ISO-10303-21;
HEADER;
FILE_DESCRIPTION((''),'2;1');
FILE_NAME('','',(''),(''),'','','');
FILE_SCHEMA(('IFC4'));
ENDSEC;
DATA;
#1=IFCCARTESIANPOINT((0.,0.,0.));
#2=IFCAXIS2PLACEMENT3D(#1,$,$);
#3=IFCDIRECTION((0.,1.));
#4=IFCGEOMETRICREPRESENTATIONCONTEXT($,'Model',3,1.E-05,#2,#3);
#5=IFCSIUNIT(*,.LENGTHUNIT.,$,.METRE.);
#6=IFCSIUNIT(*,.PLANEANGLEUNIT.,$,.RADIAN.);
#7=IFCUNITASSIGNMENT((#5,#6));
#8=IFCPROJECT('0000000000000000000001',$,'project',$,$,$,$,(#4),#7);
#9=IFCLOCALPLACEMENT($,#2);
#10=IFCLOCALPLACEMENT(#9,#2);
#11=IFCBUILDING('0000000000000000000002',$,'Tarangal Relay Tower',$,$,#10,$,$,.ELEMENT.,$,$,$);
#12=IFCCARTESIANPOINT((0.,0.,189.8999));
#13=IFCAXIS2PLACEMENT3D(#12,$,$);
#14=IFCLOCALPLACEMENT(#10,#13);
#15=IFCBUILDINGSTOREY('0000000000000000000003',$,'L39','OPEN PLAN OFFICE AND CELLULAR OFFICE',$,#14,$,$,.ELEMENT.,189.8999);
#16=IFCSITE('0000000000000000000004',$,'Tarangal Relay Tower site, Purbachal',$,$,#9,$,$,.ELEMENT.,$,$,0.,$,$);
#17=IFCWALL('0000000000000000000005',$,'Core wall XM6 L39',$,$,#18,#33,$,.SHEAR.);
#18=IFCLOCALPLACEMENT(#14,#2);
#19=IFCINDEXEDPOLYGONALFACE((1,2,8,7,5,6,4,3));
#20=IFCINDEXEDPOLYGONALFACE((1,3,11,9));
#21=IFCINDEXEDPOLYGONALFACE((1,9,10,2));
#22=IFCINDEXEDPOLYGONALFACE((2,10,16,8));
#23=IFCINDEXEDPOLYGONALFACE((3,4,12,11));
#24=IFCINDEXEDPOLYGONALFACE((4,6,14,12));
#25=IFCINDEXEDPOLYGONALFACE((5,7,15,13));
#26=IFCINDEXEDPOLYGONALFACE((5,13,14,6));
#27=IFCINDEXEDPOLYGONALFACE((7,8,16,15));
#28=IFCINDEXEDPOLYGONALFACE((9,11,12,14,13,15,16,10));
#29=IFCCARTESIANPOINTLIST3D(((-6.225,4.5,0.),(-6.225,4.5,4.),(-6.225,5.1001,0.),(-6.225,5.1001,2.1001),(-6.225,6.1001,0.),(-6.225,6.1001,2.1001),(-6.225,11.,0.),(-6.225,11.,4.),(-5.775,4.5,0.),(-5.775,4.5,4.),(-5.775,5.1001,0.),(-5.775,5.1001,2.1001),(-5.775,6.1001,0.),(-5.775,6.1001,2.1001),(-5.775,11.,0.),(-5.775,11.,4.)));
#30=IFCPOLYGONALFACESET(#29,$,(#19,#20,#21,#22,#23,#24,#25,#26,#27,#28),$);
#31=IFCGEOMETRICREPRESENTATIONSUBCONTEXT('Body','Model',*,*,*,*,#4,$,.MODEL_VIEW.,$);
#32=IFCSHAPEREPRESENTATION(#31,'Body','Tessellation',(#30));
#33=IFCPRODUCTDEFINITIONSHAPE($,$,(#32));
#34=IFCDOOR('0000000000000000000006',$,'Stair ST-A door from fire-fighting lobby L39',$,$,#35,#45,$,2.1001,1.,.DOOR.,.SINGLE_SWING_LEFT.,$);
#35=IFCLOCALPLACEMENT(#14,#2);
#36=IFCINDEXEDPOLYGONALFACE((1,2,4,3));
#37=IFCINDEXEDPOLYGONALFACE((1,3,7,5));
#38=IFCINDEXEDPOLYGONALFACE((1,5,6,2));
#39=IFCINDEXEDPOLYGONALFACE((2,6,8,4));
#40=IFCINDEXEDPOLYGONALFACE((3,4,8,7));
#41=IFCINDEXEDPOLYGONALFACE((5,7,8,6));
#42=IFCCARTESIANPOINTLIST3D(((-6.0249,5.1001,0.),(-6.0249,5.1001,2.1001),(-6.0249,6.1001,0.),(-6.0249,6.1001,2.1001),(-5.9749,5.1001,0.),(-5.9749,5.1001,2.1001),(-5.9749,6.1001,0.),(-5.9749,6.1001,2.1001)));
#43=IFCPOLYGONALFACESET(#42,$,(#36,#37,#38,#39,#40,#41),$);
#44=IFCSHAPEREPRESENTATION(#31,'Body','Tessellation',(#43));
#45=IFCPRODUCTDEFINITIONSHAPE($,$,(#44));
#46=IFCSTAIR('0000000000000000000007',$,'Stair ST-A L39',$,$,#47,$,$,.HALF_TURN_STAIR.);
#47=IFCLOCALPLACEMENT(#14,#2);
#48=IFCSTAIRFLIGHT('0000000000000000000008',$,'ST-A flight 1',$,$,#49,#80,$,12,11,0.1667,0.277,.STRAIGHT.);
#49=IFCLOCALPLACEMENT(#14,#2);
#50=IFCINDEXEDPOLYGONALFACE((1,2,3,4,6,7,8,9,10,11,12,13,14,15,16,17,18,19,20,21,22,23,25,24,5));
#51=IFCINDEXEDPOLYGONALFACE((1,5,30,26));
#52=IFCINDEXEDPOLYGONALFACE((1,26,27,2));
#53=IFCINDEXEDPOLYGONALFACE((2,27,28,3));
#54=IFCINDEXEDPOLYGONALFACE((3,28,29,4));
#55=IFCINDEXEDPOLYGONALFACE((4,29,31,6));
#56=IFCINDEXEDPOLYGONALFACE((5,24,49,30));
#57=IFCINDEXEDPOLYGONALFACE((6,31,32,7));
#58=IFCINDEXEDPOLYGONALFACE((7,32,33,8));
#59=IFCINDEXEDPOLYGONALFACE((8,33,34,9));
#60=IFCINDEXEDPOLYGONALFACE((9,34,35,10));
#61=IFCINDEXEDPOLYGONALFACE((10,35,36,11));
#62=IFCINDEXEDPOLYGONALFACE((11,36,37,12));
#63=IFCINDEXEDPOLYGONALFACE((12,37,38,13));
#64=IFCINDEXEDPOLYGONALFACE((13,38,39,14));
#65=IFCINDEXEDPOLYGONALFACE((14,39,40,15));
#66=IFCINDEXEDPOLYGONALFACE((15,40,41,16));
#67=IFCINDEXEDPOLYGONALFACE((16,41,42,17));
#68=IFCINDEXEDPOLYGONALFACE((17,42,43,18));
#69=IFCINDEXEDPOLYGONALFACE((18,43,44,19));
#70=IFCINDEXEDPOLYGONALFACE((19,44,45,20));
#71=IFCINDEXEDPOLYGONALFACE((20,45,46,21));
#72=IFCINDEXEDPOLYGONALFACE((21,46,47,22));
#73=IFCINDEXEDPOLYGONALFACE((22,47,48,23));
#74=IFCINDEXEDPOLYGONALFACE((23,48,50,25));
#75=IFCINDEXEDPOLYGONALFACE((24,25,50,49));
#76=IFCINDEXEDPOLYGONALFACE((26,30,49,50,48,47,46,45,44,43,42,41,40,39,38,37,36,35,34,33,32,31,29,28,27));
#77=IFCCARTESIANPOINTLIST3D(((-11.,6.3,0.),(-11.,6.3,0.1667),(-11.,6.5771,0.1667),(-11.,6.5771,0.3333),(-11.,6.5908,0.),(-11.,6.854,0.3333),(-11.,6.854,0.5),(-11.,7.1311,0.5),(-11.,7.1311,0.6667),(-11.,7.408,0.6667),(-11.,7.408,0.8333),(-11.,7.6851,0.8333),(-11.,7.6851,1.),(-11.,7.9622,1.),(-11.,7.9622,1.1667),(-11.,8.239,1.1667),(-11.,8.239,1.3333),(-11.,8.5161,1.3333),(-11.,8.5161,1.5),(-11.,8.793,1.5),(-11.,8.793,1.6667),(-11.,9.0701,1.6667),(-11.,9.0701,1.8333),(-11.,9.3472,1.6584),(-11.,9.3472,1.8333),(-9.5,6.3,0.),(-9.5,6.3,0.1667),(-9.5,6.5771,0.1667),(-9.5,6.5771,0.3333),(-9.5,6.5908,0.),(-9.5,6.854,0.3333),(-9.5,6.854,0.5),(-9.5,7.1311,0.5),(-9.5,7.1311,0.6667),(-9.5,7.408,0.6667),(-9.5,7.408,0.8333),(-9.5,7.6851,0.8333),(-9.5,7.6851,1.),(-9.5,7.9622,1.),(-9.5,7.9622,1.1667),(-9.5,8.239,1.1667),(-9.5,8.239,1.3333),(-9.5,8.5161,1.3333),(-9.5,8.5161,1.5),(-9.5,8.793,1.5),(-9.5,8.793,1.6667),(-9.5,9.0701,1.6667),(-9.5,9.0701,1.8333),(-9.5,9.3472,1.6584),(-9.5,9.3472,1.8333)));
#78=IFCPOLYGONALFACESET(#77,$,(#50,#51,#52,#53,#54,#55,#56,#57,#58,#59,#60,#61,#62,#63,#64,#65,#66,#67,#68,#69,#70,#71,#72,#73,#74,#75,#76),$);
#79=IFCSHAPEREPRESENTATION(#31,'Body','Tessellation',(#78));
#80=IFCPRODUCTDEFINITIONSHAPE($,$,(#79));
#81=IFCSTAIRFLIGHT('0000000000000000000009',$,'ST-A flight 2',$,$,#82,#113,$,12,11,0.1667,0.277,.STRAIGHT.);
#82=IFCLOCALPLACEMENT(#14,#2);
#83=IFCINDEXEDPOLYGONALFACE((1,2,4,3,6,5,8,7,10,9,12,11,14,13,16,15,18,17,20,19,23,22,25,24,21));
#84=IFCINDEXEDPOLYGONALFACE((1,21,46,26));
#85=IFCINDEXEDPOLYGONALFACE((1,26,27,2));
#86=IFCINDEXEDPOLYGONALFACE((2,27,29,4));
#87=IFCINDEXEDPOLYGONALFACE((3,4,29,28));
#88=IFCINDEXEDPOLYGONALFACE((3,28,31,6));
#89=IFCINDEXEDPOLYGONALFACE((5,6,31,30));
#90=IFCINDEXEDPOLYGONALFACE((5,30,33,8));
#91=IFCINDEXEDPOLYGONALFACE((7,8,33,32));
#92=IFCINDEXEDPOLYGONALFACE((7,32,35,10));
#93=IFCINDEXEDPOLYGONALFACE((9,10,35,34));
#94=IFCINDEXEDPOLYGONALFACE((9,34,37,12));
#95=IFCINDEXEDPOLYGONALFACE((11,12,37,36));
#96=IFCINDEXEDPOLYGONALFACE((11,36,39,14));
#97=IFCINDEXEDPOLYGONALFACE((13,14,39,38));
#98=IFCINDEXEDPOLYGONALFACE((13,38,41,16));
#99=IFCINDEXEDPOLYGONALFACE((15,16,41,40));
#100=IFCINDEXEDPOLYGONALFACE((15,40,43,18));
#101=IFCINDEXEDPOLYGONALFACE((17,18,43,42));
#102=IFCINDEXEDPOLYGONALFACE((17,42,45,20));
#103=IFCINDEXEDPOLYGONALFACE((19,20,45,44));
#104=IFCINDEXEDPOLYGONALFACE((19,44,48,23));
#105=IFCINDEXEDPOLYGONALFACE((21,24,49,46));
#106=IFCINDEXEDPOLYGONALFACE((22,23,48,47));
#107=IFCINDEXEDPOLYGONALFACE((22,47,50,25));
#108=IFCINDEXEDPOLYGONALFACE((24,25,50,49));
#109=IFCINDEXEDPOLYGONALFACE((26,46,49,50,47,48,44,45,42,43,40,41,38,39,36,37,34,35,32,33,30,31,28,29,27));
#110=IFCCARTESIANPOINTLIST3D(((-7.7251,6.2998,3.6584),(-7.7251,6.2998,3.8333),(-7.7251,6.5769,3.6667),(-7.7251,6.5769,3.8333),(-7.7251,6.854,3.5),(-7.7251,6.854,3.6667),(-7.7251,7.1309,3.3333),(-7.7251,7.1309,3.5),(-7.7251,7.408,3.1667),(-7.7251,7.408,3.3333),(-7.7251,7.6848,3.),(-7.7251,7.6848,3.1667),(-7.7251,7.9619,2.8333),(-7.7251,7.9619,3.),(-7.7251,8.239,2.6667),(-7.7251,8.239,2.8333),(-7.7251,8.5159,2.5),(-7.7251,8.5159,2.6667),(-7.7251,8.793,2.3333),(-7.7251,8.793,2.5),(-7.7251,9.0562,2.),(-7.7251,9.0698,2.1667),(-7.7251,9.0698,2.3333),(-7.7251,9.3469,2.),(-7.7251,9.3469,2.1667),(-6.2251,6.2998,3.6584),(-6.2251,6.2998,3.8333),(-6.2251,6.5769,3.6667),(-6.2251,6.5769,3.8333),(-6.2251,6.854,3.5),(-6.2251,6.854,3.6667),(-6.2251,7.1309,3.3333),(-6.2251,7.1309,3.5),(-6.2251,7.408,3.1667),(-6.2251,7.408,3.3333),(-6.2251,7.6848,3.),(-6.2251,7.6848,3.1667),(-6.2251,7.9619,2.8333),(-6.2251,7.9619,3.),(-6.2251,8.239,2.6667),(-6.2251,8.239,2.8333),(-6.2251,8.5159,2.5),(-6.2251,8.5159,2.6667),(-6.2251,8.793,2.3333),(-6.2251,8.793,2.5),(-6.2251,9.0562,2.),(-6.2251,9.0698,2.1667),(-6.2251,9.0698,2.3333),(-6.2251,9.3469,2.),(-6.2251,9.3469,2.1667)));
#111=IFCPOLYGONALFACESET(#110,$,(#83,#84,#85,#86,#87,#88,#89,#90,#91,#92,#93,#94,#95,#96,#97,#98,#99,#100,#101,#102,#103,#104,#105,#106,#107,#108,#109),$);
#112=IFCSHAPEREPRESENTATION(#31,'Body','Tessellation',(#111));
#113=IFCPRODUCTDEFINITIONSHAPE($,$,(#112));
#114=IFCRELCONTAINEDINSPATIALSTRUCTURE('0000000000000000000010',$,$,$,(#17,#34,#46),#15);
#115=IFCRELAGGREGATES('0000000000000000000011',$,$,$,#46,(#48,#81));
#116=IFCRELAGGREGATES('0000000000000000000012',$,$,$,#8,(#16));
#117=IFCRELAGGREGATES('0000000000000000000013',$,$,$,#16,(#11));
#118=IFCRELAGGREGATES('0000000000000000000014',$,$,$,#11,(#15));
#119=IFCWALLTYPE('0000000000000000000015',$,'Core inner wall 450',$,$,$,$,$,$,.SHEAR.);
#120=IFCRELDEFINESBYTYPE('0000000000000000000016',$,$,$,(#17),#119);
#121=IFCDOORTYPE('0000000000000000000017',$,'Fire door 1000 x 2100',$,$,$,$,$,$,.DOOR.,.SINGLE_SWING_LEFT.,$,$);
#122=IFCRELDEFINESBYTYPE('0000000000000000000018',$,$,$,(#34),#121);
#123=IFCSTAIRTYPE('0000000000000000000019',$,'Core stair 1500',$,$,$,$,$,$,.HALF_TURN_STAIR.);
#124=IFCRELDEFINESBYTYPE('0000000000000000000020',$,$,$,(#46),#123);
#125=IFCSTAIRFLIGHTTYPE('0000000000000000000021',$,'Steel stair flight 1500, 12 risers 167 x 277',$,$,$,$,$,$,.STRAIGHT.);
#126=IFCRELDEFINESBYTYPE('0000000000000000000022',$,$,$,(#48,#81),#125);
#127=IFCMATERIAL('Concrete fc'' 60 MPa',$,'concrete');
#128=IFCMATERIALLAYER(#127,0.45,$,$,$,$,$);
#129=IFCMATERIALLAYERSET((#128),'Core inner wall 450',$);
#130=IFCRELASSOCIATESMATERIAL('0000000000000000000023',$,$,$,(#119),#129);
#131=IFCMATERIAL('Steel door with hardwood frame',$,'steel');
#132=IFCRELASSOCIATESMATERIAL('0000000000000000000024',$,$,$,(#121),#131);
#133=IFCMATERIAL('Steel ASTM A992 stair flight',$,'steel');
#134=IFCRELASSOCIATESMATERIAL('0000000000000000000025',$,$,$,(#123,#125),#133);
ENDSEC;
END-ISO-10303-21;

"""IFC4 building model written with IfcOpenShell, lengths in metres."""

from ifc_helpers import new_model, si_unit, direction, frame, frame_2d, origin, place, context, subcontext, project, spatial, polyline, rectangle, outline, extrude, material, layer, layer_set, type_object, element, fill, aggregate, save


model = new_model("IFC4")

# Units and contexts
model_context = context("Model", 3, precision=1e-05, world=origin(), true_north=direction((0.0, 1.0)))
body_context = subcontext(model_context, "Body", "Model", "MODEL_VIEW")
ifc_project = project(units=[si_unit("LENGTHUNIT", "METRE"), si_unit("PLANEANGLEUNIT", "RADIAN")], contexts=[model_context])

# Site, building, storey
site_placement = place(None, origin())
site = spatial("IfcSite", under=ifc_project, at=site_placement, Name="Tarangal Relay Tower site, Purbachal", CompositionType="ELEMENT", RefElevation=0.0)
building_placement = place(site_placement, origin())
building = spatial("IfcBuilding", under=site, at=building_placement, Name="Tarangal Relay Tower", CompositionType="ELEMENT")
storey_placement = place(building_placement, frame((0.0, 0.0, 189.8999)))
storey = spatial("IfcBuildingStorey", under=building, at=storey_placement, Name="L39", Description="OPEN PLAN OFFICE AND CELLULAR OFFICE", CompositionType="ELEMENT", Elevation=189.8999)

# Shared definitions
ifc_material_1 = material(Name="Concrete fc' 60 MPa", Category="concrete")
ifc_layer = layer(ifc_material_1, 0.45)
ifc_layer_set = layer_set([ifc_layer], Name="Core inner wall 450")
wall_type = type_object("IfcWallType", Name="Core inner wall 450", PredefinedType="SHEAR", material=ifc_layer_set)
ifc_material_2 = material(Name="Steel door with hardwood frame", Category="steel")
door_type_1 = type_object("IfcDoorType", Name="Fire door 1000 x 2100", OperationType="SINGLE_SWING_LEFT", PredefinedType="DOOR", material=ifc_material_2)

# Wall, opening, door
wall_1_placement = place(storey_placement, frame((-6.0, 4.5, 0.0), z_axis=(0.0, 0.0, 1.0), x_axis=(0.0, 1.0, 0.0)))
wall_1 = element("IfcWall", 1, at=wall_1_placement, inside=storey, type_object=wall_type, Name="Core wall XM6 L39", PredefinedType="SHEAR", context=body_context, shape_type="SweptSolid", body=[
    extrude(rectangle(XDim=6.5, YDim=0.45, at=frame_2d((3.25, 0.0))), origin(), (0.0, 0.0, 1.0), 4.0),
])
opening_1_placement = place(wall_1_placement, frame((0.6001, 0.0, 0.0)))
opening_1 = element("IfcOpeningElement", 2, at=opening_1_placement, cuts=wall_1, PredefinedType="OPENING", context=body_context, shape_type="SweptSolid", body=[
    extrude(rectangle(XDim=1.0, YDim=2.1001, at=frame_2d((0.5, 1.05))), frame((0.0, 0.2349, 0.0), z_axis=(0.0, -1.0, 0.0), x_axis=(1.0, 0.0, 0.0)), (0.0, 0.0, 1.0), 0.47),
])
door_1_placement = place(opening_1_placement, origin())
door_1 = element("IfcDoor", 3, at=door_1_placement, inside=storey, type_object=door_type_1, Name="Stair ST-A door from fire-fighting lobby L39", OperationType="SINGLE_SWING_LEFT", OverallHeight=2.1001, OverallWidth=1.0, PredefinedType="DOOR", context=body_context, shape_type="SweptSolid", body=[
    extrude(rectangle(XDim=1.0, YDim=2.1001, at=frame_2d((0.5, 1.05))), frame((0.0, 0.0249, 0.0), z_axis=(0.0, -1.0, 0.0), x_axis=(1.0, 0.0, 0.0)), (0.0, 0.0, 1.0), 0.05),
])
fill(opening_1, door_1)

# Stair, stair flights
ifc_material_3 = material(Name="Steel ASTM A992 stair flight", Category="steel")
stair_type = type_object("IfcStairType", Name="Core stair 1500", PredefinedType="HALF_TURN_STAIR", material=ifc_material_3)
stair_placement = place(storey_placement, origin())
stair = element("IfcStair", 4, at=stair_placement, inside=storey, type_object=stair_type, Name="Stair ST-A L39", PredefinedType="HALF_TURN_STAIR")
stair_flight_type = type_object("IfcStairFlightType", Name="Steel stair flight 1500, 12 risers 167 x 277", PredefinedType="STRAIGHT", material=ifc_material_3)
stair_flight_1_placement = place(storey_placement, frame((-10.25, 6.3, 0.0), z_axis=(0.0, 0.0, 1.0), x_axis=(0.0, 1.0, 0.0)))
stair_flight_1 = element("IfcStairFlight", 5, at=stair_flight_1_placement, type_object=stair_flight_type, Name="ST-A flight 1", NumberOfRisers=12, NumberOfTreads=11, PredefinedType="STRAIGHT", RiserHeight=0.1667, TreadLength=0.277, context=body_context, shape_type="SweptSolid", body=[
    extrude(outline(polyline([(0.0, 0.0), (0.0, 0.1667), (0.2771, 0.1667), (0.2771, 0.3333), (0.554, 0.3333), (0.554, 0.5), (0.8311, 0.5), (0.8311, 0.6667), (1.1079, 0.6667), (1.1079, 0.8333), (1.385, 0.8333), (1.385, 1.0), (1.6621, 1.0), (1.6621, 1.1667), (1.939, 1.1667), (1.939, 1.3333), (2.2161, 1.3333), (2.2161, 1.5), (2.4929, 1.5), (2.4929, 1.6667), (2.77, 1.6667), (2.77, 1.8333), (3.0471, 1.8333), (3.0471, 2.0), (3.0471, 1.6584), (0.2908, 0.0), (0.0, 0.0)])), frame((0.0, 0.75, 0.0), z_axis=(0.0, -1.0, 0.0), x_axis=(1.0, 0.0, 0.0)), (0.0, 0.0, 1.0), 1.5),
])
stair_flight_2_placement = place(storey_placement, frame((-6.9751, 9.3469, 2.0), z_axis=(0.0, 0.0, 1.0), x_axis=(0.0, -1.0, 0.0)))
stair_flight_2 = element("IfcStairFlight", 6, at=stair_flight_2_placement, type_object=stair_flight_type, Name="ST-A flight 2", NumberOfRisers=12, NumberOfTreads=11, PredefinedType="STRAIGHT", RiserHeight=0.1667, TreadLength=0.277, context=body_context, shape_type="SweptSolid", body=[
    extrude(outline(polyline([(0.0, 0.0), (0.0, 0.1667), (0.2771, 0.1667), (0.2771, 0.3333), (0.554, 0.3333), (0.554, 0.5), (0.8311, 0.5), (0.8311, 0.6667), (1.1079, 0.6667), (1.1079, 0.8333), (1.385, 0.8333), (1.385, 1.0), (1.6621, 1.0), (1.6621, 1.1667), (1.939, 1.1667), (1.939, 1.3333), (2.2161, 1.3333), (2.2161, 1.5), (2.4929, 1.5), (2.4929, 1.6667), (2.77, 1.6667), (2.77, 1.8333), (3.0471, 1.8333), (3.0471, 2.0), (3.0471, 1.6584), (0.2908, 0.0), (0.0, 0.0)])), frame((0.0, 0.75, 0.0), z_axis=(0.0, -1.0, 0.0), x_axis=(1.0, 0.0, 0.0)), (0.0, 0.0, 1.0), 1.5),
])
aggregate(stair, [stair_flight_1, stair_flight_2])

save(model, "model.ifc")
